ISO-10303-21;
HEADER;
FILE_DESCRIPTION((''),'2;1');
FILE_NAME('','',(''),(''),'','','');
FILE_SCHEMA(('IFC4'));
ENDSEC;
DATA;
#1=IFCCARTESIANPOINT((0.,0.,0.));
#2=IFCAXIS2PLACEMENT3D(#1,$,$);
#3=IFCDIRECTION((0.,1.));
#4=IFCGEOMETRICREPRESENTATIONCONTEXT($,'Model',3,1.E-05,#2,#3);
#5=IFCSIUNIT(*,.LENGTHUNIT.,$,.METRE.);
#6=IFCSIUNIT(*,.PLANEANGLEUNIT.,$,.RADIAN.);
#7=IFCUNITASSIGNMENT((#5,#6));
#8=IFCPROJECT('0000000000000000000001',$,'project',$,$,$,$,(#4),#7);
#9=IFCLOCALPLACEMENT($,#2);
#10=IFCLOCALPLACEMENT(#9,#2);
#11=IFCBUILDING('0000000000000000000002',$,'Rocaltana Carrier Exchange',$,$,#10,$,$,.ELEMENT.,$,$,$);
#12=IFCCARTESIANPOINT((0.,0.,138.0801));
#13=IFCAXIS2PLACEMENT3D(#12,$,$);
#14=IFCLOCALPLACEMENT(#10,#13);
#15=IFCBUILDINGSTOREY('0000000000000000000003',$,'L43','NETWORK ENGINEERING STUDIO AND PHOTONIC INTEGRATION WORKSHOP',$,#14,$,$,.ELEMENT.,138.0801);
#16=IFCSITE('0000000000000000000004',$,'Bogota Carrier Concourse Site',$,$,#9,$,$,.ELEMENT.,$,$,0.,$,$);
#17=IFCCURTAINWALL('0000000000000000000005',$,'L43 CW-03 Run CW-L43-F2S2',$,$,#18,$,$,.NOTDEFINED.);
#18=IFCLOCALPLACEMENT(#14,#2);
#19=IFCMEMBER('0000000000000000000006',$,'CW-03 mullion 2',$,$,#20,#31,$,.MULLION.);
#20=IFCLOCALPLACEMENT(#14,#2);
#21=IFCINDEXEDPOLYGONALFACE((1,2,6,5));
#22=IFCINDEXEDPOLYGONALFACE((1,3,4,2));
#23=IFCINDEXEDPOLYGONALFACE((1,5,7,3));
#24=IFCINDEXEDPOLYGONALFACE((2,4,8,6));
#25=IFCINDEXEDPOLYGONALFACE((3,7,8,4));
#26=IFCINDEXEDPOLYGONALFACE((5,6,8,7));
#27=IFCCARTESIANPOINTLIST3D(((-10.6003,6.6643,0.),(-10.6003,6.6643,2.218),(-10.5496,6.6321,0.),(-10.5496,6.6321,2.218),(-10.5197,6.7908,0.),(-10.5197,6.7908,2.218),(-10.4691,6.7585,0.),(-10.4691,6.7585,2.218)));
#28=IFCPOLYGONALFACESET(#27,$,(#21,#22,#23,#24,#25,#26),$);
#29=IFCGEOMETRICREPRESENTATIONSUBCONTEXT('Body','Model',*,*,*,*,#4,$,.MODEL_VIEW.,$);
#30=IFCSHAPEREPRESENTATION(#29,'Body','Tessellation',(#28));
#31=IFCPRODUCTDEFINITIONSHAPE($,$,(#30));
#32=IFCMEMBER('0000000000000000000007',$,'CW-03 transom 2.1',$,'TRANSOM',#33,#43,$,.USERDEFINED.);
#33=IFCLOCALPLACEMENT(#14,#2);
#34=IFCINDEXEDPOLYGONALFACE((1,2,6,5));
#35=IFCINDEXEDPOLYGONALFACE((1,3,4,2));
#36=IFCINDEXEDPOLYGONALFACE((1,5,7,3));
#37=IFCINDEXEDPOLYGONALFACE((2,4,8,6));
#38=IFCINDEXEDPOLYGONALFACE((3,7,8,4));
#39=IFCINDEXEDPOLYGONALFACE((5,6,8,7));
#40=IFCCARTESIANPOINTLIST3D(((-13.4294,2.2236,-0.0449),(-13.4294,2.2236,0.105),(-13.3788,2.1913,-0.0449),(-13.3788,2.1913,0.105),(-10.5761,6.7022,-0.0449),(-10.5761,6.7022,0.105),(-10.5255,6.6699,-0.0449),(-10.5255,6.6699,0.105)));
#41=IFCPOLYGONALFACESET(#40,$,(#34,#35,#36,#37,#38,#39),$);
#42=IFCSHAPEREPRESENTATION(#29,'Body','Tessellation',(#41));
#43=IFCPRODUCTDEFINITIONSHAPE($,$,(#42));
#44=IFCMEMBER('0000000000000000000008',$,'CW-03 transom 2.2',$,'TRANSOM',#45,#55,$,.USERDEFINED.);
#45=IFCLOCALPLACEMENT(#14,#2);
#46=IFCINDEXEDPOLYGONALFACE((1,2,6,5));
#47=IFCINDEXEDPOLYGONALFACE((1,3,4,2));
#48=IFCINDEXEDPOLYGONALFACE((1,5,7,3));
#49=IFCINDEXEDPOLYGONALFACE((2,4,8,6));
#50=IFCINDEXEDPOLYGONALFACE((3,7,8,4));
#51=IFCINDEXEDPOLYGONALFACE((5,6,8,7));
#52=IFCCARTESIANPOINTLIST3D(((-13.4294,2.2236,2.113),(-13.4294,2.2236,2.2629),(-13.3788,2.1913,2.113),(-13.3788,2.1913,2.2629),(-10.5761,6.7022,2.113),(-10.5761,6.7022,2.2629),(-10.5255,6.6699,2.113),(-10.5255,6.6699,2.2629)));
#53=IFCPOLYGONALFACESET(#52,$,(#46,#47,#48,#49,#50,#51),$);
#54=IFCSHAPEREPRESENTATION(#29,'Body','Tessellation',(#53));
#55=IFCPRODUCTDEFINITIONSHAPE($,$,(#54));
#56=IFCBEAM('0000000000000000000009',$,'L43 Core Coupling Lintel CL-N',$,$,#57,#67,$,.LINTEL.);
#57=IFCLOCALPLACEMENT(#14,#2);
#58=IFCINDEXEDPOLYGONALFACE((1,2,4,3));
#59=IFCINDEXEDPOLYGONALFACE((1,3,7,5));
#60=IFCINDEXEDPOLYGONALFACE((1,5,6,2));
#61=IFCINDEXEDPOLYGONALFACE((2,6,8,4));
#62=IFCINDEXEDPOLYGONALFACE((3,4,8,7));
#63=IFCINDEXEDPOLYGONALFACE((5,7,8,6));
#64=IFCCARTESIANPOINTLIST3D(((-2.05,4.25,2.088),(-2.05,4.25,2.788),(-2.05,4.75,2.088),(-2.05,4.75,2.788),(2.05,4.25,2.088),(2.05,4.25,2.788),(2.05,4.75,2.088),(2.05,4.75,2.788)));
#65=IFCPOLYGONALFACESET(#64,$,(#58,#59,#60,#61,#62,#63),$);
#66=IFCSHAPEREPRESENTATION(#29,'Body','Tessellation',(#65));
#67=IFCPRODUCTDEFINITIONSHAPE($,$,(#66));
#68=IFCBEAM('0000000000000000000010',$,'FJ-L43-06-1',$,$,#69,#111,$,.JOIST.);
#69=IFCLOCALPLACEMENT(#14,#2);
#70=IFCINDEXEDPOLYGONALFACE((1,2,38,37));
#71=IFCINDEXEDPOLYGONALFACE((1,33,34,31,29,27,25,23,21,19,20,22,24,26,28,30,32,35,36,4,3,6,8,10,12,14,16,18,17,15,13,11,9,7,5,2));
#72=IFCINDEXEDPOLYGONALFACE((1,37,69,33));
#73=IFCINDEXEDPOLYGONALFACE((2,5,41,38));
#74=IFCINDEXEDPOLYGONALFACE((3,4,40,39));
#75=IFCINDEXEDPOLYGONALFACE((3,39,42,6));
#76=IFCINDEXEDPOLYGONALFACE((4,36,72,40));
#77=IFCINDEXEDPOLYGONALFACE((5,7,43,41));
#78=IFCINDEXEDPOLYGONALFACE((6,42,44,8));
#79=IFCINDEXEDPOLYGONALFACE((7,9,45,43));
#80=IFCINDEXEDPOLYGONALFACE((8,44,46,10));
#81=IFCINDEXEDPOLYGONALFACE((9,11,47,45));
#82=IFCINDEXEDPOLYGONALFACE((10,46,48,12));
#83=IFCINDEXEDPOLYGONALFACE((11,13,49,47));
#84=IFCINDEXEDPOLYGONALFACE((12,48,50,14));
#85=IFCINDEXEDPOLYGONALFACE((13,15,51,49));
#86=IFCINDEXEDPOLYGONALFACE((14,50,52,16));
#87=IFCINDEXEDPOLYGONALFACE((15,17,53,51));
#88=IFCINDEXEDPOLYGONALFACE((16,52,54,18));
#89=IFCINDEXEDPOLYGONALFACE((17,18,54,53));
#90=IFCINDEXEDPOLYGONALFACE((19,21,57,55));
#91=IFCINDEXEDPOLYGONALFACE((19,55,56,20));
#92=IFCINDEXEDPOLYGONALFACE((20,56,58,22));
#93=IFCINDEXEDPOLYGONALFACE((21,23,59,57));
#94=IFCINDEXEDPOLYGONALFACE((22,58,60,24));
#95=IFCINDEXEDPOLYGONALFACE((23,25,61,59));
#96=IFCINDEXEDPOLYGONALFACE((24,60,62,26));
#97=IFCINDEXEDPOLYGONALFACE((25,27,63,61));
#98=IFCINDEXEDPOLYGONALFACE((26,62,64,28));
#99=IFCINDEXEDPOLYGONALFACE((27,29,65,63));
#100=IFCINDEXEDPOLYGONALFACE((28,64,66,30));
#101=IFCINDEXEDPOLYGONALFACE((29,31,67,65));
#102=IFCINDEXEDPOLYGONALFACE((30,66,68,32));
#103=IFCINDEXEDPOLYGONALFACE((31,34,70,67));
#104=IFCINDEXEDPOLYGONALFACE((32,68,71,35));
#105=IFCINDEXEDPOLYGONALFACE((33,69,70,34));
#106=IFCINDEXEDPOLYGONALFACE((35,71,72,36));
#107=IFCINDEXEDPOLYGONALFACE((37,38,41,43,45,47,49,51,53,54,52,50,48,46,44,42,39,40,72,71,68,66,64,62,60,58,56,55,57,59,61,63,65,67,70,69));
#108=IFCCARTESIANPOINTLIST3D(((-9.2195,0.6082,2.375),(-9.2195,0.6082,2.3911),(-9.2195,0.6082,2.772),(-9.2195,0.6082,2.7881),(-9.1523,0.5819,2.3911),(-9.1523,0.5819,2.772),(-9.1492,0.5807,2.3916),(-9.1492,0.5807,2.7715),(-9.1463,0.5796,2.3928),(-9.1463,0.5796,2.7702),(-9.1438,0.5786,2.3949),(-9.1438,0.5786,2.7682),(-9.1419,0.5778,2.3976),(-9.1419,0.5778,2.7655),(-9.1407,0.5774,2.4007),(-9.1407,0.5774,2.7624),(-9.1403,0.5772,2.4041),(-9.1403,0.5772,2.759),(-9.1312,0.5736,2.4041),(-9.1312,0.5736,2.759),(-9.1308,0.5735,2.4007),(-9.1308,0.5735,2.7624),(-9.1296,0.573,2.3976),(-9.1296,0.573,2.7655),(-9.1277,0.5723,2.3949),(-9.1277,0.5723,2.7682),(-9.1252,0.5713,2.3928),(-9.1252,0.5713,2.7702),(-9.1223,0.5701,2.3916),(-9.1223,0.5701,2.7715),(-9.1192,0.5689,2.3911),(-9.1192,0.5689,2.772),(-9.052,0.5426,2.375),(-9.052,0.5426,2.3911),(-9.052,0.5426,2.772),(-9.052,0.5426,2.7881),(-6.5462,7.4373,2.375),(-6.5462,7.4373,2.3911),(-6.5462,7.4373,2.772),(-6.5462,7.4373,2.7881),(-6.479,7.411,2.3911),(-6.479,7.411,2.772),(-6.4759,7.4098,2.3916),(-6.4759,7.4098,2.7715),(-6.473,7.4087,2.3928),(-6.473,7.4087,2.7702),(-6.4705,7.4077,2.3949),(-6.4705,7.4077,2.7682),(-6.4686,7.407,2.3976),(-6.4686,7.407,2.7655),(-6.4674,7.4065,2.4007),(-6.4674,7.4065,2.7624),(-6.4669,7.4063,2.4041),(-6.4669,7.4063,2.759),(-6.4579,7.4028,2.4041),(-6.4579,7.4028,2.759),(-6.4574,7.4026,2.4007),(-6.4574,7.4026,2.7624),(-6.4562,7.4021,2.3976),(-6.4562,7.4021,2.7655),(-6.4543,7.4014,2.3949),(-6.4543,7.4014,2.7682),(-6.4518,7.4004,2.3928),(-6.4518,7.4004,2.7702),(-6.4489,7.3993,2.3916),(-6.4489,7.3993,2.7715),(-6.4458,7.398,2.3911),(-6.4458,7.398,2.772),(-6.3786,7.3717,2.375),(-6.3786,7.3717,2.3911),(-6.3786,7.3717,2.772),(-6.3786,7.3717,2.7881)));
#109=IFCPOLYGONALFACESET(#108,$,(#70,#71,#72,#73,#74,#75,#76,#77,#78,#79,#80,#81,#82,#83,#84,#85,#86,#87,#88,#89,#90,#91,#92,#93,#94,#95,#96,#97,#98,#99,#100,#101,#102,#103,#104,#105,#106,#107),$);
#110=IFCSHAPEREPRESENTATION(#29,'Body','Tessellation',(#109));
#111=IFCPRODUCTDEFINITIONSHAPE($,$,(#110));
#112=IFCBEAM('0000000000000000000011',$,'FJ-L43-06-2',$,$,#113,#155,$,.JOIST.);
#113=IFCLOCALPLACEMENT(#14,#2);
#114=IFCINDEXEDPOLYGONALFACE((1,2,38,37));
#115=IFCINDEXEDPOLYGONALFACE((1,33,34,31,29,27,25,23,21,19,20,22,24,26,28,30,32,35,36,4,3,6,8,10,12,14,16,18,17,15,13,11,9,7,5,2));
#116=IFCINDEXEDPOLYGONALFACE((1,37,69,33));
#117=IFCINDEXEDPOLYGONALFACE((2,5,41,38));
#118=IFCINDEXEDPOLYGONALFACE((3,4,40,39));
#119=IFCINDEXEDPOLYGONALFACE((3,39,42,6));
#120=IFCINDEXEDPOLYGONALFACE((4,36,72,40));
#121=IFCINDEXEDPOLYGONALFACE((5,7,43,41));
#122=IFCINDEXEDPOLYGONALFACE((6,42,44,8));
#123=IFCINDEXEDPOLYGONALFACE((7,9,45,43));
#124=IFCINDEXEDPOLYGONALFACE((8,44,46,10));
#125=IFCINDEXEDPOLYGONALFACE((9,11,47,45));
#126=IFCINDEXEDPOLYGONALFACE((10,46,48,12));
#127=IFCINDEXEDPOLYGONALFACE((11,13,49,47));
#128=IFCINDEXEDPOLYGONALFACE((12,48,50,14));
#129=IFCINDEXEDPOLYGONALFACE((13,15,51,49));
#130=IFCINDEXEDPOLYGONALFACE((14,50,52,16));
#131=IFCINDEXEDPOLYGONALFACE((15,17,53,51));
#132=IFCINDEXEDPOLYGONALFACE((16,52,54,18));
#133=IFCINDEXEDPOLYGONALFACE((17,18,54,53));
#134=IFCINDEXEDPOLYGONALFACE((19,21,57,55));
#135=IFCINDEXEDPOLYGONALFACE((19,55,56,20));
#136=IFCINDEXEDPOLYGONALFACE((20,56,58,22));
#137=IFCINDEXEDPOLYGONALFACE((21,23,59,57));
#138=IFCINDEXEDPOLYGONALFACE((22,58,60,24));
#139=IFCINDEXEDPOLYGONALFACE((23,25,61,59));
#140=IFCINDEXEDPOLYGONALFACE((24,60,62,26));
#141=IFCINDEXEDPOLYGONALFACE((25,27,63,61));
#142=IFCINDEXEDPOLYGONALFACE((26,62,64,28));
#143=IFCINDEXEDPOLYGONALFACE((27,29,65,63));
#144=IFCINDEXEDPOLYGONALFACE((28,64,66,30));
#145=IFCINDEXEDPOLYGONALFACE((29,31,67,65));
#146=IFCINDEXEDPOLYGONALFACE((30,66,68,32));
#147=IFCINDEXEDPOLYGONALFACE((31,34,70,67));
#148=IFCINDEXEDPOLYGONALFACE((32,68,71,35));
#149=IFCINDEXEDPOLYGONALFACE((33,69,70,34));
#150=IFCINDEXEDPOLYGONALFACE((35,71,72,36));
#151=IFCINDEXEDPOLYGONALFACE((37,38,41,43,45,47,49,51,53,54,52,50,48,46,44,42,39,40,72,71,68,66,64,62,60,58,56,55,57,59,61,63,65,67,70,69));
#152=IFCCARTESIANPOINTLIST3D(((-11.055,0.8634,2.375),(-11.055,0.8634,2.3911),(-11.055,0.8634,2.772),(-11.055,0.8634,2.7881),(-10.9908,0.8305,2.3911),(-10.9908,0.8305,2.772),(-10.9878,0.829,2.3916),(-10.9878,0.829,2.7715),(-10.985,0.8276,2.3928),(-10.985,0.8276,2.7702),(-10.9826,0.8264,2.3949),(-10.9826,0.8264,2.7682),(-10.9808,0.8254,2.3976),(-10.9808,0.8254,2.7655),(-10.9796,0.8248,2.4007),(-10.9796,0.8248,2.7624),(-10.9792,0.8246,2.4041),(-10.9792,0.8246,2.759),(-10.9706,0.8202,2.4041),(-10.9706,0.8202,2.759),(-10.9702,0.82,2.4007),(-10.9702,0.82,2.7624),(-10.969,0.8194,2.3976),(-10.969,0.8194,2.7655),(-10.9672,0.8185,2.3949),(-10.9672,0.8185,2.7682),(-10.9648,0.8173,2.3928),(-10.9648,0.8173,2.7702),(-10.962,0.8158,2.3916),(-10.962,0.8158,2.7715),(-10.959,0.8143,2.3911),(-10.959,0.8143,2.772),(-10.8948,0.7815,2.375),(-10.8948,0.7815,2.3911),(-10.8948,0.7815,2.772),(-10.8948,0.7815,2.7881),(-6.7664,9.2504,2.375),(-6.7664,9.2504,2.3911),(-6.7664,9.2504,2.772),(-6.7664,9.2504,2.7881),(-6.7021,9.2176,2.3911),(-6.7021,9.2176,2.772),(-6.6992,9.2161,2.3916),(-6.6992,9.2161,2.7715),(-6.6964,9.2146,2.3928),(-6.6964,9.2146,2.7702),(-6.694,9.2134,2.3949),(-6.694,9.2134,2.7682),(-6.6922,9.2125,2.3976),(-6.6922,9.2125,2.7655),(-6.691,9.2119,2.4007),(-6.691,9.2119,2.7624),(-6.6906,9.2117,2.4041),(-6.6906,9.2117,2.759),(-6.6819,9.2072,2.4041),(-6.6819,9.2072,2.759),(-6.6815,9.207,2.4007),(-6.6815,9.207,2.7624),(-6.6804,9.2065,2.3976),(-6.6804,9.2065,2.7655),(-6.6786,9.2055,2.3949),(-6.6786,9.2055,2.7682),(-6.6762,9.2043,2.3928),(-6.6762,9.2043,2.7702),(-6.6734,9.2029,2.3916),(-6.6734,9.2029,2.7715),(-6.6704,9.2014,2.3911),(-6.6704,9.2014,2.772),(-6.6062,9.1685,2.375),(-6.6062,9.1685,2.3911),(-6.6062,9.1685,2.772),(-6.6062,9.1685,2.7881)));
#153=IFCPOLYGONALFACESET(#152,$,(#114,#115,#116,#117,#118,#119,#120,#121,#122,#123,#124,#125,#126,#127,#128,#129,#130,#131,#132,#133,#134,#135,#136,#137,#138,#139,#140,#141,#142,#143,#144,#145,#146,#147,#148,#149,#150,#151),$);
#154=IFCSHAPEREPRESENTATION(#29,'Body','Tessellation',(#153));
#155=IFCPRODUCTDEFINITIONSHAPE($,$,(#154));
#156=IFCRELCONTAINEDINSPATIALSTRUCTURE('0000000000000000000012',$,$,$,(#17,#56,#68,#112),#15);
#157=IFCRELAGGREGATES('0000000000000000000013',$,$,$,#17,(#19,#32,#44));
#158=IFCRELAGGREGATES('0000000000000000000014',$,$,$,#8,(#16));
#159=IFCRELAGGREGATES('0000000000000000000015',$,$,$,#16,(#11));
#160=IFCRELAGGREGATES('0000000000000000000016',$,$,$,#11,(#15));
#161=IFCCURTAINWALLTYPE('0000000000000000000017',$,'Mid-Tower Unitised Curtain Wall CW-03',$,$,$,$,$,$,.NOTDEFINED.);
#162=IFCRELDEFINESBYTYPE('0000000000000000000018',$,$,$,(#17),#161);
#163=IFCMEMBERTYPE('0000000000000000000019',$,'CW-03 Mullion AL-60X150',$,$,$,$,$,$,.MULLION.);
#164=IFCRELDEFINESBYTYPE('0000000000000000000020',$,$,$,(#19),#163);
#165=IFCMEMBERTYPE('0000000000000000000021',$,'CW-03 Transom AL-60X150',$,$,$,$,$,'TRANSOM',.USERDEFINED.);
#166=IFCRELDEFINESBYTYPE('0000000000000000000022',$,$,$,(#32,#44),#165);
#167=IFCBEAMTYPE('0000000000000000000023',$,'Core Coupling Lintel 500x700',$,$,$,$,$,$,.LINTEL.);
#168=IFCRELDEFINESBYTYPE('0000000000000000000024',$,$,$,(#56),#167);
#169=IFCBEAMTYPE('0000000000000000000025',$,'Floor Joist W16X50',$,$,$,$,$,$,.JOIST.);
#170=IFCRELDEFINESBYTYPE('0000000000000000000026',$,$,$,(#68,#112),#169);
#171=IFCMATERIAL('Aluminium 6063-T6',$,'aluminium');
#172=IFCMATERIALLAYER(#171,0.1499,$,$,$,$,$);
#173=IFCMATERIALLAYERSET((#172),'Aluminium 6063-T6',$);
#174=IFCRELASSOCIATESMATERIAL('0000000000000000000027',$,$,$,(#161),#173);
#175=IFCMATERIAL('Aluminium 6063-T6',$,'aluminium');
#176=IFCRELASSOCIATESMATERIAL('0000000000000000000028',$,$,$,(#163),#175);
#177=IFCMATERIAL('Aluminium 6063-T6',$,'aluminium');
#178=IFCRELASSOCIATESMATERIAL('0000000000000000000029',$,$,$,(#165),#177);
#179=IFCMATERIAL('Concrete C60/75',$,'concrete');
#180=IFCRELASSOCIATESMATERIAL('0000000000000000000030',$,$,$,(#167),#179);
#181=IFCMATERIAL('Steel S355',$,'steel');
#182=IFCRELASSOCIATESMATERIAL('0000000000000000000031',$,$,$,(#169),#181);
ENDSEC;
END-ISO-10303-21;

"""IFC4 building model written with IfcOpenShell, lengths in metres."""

from ifc_helpers import new_model, si_unit, direction, frame, origin, origin_2d, place, context, subcontext, project, spatial, rectangle, i_section, extrude, material, layer, layer_set, material_profile, profile_set, type_object, element, aggregate, save


model = new_model("IFC4")

# Units and contexts
model_context = context("Model", 3, precision=1e-05, world=origin(), true_north=direction((0.0, 1.0)))
body_context = subcontext(model_context, "Body", "Model", "MODEL_VIEW")
ifc_project = project(units=[si_unit("LENGTHUNIT", "METRE"), si_unit("PLANEANGLEUNIT", "RADIAN")], contexts=[model_context])

# Site, building, storey
site_placement = place(None, origin())
site = spatial("IfcSite", under=ifc_project, at=site_placement, Name="Bogota Carrier Concourse Site", CompositionType="ELEMENT", RefElevation=0.0)
building_placement = place(site_placement, origin())
building = spatial("IfcBuilding", under=site, at=building_placement, Name="Rocaltana Carrier Exchange", CompositionType="ELEMENT")
storey_placement = place(building_placement, frame((0.0, 0.0, 138.0801)))
storey = spatial("IfcBuildingStorey", under=building, at=storey_placement, Name="L43", Description="NETWORK ENGINEERING STUDIO AND PHOTONIC INTEGRATION WORKSHOP", CompositionType="ELEMENT", Elevation=138.0801)

# Curtain wall, members
ifc_material_1 = material(Name="Aluminium 6063-T6", Category="aluminium")
ifc_layer_1 = layer(ifc_material_1, 0.1499)
ifc_layer_set_1 = layer_set([ifc_layer_1], Name="Aluminium 6063-T6")
curtain_wall_type = type_object("IfcCurtainWallType", Name="Mid-Tower Unitised Curtain Wall CW-03", PredefinedType="NOTDEFINED", material=ifc_layer_set_1)
curtain_wall_placement = place(storey_placement, origin())
curtain_wall = element("IfcCurtainWall", 1, at=curtain_wall_placement, inside=storey, type_object=curtain_wall_type, Name="L43 CW-03 Run CW-L43-F2S2", PredefinedType="NOTDEFINED")
ifc_material_2 = material(Name="Aluminium 6063-T6", Category="aluminium")
ifc_material_profile_1 = material_profile(ifc_material_2, rectangle(XDim=0.0601, YDim=0.1499, at=origin_2d()), Name="AL-60X150")
ifc_profile_set_1 = profile_set([ifc_material_profile_1], Name="Aluminium 6063-T6")
member_type_1 = type_object("IfcMemberType", Name="CW-03 Mullion AL-60X150", PredefinedType="MULLION", material=ifc_profile_set_1)
member_1_placement = place(storey_placement, frame((-10.5347, 6.7114, 0.0), z_axis=(0.0, 0.0, 1.0), x_axis=(0.843391, -0.537301, 0.0)))
member_1 = element("IfcMember", 2, at=member_1_placement, type_object=member_type_1, Name="CW-03 mullion 2", PredefinedType="MULLION", context=body_context, shape_type="SweptSolid", body=[
    extrude(rectangle(XDim=0.0601, YDim=0.1499, at=origin_2d()), origin(), (0.0, 0.0, 1.0), 2.218),
])
ifc_material_3 = material(Name="Aluminium 6063-T6", Category="aluminium")
ifc_material_profile_2 = material_profile(ifc_material_3, rectangle(XDim=0.0601, YDim=0.1499, at=origin_2d()), Name="AL-60X150")
ifc_profile_set_2 = profile_set([ifc_material_profile_2], Name="Aluminium 6063-T6")
member_type_2 = type_object("IfcMemberType", Name="CW-03 Transom AL-60X150", ElementType="TRANSOM", PredefinedType="USERDEFINED", material=ifc_profile_set_2)
member_2_placement = place(storey_placement, frame((-10.5508, 6.686, 0.03), z_axis=(-0.537319, -0.843379, 0.0), x_axis=(0.843379, -0.537319, 0.0)))
member_2 = element("IfcMember", 3, at=member_2_placement, type_object=member_type_2, Name="CW-03 transom 2.1", ObjectType="TRANSOM", PredefinedType="USERDEFINED", context=body_context, shape_type="SweptSolid", body=[
    extrude(rectangle(XDim=0.0601, YDim=0.1499, at=origin_2d()), origin(), (0.0, 0.0, 1.0), 5.3103),
])
member_3_placement = place(storey_placement, frame((-10.5508, 6.686, 2.188), z_axis=(-0.537319, -0.843379, 0.0), x_axis=(0.843379, -0.537319, 0.0)))
member_3 = element("IfcMember", 4, at=member_3_placement, type_object=member_type_2, Name="CW-03 transom 2.2", ObjectType="TRANSOM", PredefinedType="USERDEFINED", context=body_context, shape_type="SweptSolid", body=[
    extrude(rectangle(XDim=0.0601, YDim=0.1499, at=origin_2d()), origin(), (0.0, 0.0, 1.0), 5.3103),
])

# Beams
ifc_material_4 = material(Name="Concrete C60/75", Category="concrete")
ifc_material_profile_3 = material_profile(ifc_material_4, rectangle(XDim=0.5, YDim=0.7, at=origin_2d()), Name="RC-BM-500X700")
ifc_profile_set_3 = profile_set([ifc_material_profile_3], Name="Concrete C60/75")
beam_type_1 = type_object("IfcBeamType", Name="Core Coupling Lintel 500x700", PredefinedType="LINTEL", material=ifc_profile_set_3)
beam_1_placement = place(storey_placement, frame((-2.05, 4.5, 2.438), z_axis=(1.0, 0.0, 0.0), x_axis=(0.0, 1.0, 0.0)))
element("IfcBeam", 5, at=beam_1_placement, inside=storey, type_object=beam_type_1, Name="L43 Core Coupling Lintel CL-N", PredefinedType="LINTEL", context=body_context, shape_type="SweptSolid", body=[
    extrude(rectangle(XDim=0.5, YDim=0.7, at=origin_2d()), origin(), (0.0, 0.0, 1.0), 4.1001),
])
ifc_material_5 = material(Name="Steel S355", Category="steel")
ifc_material_profile_4 = material_profile(ifc_material_5, i_section(OverallWidth=0.1799, OverallDepth=0.4131, WebThickness=0.0098, FlangeThickness=0.0161, FilletRadius=0.0129, at=origin_2d()), Name="W16X50")
ifc_profile_set_4 = profile_set([ifc_material_profile_4], Name="Steel S355")
beam_type_2 = type_object("IfcBeamType", Name="Floor Joist W16X50", PredefinedType="JOIST", material=ifc_profile_set_4)
beam_2_placement = place(storey_placement, frame((-6.4624, 7.4045, 2.5815), z_axis=(-0.364527, -0.931193, 0.0), x_axis=(0.931193, -0.364527, 0.0)))
element("IfcBeam", 6, at=beam_2_placement, inside=storey, type_object=beam_type_2, Name="FJ-L43-06-1", PredefinedType="JOIST", context=body_context, shape_type="SweptSolid", body=[
    extrude(i_section(OverallWidth=0.1799, OverallDepth=0.4131, WebThickness=0.0098, FlangeThickness=0.0161, FilletRadius=0.0129, at=origin_2d()), origin(), (0.0, 0.0, 1.0), 7.3337),
])
beam_3_placement = place(storey_placement, frame((-6.6863, 9.2095, 2.5815), z_axis=(-0.455271, -0.890353, 0.0), x_axis=(0.890353, -0.455271, 0.0)))
element("IfcBeam", 7, at=beam_3_placement, inside=storey, type_object=beam_type_2, Name="FJ-L43-06-2", PredefinedType="JOIST", context=body_context, shape_type="SweptSolid", body=[
    extrude(i_section(OverallWidth=0.1799, OverallDepth=0.4131, WebThickness=0.0098, FlangeThickness=0.0161, FilletRadius=0.0129, at=origin_2d()), origin(), (0.0, 0.0, 1.0), 9.4199),
])

aggregate(curtain_wall, [member_1, member_2, member_3])

save(model, "model.ifc")
